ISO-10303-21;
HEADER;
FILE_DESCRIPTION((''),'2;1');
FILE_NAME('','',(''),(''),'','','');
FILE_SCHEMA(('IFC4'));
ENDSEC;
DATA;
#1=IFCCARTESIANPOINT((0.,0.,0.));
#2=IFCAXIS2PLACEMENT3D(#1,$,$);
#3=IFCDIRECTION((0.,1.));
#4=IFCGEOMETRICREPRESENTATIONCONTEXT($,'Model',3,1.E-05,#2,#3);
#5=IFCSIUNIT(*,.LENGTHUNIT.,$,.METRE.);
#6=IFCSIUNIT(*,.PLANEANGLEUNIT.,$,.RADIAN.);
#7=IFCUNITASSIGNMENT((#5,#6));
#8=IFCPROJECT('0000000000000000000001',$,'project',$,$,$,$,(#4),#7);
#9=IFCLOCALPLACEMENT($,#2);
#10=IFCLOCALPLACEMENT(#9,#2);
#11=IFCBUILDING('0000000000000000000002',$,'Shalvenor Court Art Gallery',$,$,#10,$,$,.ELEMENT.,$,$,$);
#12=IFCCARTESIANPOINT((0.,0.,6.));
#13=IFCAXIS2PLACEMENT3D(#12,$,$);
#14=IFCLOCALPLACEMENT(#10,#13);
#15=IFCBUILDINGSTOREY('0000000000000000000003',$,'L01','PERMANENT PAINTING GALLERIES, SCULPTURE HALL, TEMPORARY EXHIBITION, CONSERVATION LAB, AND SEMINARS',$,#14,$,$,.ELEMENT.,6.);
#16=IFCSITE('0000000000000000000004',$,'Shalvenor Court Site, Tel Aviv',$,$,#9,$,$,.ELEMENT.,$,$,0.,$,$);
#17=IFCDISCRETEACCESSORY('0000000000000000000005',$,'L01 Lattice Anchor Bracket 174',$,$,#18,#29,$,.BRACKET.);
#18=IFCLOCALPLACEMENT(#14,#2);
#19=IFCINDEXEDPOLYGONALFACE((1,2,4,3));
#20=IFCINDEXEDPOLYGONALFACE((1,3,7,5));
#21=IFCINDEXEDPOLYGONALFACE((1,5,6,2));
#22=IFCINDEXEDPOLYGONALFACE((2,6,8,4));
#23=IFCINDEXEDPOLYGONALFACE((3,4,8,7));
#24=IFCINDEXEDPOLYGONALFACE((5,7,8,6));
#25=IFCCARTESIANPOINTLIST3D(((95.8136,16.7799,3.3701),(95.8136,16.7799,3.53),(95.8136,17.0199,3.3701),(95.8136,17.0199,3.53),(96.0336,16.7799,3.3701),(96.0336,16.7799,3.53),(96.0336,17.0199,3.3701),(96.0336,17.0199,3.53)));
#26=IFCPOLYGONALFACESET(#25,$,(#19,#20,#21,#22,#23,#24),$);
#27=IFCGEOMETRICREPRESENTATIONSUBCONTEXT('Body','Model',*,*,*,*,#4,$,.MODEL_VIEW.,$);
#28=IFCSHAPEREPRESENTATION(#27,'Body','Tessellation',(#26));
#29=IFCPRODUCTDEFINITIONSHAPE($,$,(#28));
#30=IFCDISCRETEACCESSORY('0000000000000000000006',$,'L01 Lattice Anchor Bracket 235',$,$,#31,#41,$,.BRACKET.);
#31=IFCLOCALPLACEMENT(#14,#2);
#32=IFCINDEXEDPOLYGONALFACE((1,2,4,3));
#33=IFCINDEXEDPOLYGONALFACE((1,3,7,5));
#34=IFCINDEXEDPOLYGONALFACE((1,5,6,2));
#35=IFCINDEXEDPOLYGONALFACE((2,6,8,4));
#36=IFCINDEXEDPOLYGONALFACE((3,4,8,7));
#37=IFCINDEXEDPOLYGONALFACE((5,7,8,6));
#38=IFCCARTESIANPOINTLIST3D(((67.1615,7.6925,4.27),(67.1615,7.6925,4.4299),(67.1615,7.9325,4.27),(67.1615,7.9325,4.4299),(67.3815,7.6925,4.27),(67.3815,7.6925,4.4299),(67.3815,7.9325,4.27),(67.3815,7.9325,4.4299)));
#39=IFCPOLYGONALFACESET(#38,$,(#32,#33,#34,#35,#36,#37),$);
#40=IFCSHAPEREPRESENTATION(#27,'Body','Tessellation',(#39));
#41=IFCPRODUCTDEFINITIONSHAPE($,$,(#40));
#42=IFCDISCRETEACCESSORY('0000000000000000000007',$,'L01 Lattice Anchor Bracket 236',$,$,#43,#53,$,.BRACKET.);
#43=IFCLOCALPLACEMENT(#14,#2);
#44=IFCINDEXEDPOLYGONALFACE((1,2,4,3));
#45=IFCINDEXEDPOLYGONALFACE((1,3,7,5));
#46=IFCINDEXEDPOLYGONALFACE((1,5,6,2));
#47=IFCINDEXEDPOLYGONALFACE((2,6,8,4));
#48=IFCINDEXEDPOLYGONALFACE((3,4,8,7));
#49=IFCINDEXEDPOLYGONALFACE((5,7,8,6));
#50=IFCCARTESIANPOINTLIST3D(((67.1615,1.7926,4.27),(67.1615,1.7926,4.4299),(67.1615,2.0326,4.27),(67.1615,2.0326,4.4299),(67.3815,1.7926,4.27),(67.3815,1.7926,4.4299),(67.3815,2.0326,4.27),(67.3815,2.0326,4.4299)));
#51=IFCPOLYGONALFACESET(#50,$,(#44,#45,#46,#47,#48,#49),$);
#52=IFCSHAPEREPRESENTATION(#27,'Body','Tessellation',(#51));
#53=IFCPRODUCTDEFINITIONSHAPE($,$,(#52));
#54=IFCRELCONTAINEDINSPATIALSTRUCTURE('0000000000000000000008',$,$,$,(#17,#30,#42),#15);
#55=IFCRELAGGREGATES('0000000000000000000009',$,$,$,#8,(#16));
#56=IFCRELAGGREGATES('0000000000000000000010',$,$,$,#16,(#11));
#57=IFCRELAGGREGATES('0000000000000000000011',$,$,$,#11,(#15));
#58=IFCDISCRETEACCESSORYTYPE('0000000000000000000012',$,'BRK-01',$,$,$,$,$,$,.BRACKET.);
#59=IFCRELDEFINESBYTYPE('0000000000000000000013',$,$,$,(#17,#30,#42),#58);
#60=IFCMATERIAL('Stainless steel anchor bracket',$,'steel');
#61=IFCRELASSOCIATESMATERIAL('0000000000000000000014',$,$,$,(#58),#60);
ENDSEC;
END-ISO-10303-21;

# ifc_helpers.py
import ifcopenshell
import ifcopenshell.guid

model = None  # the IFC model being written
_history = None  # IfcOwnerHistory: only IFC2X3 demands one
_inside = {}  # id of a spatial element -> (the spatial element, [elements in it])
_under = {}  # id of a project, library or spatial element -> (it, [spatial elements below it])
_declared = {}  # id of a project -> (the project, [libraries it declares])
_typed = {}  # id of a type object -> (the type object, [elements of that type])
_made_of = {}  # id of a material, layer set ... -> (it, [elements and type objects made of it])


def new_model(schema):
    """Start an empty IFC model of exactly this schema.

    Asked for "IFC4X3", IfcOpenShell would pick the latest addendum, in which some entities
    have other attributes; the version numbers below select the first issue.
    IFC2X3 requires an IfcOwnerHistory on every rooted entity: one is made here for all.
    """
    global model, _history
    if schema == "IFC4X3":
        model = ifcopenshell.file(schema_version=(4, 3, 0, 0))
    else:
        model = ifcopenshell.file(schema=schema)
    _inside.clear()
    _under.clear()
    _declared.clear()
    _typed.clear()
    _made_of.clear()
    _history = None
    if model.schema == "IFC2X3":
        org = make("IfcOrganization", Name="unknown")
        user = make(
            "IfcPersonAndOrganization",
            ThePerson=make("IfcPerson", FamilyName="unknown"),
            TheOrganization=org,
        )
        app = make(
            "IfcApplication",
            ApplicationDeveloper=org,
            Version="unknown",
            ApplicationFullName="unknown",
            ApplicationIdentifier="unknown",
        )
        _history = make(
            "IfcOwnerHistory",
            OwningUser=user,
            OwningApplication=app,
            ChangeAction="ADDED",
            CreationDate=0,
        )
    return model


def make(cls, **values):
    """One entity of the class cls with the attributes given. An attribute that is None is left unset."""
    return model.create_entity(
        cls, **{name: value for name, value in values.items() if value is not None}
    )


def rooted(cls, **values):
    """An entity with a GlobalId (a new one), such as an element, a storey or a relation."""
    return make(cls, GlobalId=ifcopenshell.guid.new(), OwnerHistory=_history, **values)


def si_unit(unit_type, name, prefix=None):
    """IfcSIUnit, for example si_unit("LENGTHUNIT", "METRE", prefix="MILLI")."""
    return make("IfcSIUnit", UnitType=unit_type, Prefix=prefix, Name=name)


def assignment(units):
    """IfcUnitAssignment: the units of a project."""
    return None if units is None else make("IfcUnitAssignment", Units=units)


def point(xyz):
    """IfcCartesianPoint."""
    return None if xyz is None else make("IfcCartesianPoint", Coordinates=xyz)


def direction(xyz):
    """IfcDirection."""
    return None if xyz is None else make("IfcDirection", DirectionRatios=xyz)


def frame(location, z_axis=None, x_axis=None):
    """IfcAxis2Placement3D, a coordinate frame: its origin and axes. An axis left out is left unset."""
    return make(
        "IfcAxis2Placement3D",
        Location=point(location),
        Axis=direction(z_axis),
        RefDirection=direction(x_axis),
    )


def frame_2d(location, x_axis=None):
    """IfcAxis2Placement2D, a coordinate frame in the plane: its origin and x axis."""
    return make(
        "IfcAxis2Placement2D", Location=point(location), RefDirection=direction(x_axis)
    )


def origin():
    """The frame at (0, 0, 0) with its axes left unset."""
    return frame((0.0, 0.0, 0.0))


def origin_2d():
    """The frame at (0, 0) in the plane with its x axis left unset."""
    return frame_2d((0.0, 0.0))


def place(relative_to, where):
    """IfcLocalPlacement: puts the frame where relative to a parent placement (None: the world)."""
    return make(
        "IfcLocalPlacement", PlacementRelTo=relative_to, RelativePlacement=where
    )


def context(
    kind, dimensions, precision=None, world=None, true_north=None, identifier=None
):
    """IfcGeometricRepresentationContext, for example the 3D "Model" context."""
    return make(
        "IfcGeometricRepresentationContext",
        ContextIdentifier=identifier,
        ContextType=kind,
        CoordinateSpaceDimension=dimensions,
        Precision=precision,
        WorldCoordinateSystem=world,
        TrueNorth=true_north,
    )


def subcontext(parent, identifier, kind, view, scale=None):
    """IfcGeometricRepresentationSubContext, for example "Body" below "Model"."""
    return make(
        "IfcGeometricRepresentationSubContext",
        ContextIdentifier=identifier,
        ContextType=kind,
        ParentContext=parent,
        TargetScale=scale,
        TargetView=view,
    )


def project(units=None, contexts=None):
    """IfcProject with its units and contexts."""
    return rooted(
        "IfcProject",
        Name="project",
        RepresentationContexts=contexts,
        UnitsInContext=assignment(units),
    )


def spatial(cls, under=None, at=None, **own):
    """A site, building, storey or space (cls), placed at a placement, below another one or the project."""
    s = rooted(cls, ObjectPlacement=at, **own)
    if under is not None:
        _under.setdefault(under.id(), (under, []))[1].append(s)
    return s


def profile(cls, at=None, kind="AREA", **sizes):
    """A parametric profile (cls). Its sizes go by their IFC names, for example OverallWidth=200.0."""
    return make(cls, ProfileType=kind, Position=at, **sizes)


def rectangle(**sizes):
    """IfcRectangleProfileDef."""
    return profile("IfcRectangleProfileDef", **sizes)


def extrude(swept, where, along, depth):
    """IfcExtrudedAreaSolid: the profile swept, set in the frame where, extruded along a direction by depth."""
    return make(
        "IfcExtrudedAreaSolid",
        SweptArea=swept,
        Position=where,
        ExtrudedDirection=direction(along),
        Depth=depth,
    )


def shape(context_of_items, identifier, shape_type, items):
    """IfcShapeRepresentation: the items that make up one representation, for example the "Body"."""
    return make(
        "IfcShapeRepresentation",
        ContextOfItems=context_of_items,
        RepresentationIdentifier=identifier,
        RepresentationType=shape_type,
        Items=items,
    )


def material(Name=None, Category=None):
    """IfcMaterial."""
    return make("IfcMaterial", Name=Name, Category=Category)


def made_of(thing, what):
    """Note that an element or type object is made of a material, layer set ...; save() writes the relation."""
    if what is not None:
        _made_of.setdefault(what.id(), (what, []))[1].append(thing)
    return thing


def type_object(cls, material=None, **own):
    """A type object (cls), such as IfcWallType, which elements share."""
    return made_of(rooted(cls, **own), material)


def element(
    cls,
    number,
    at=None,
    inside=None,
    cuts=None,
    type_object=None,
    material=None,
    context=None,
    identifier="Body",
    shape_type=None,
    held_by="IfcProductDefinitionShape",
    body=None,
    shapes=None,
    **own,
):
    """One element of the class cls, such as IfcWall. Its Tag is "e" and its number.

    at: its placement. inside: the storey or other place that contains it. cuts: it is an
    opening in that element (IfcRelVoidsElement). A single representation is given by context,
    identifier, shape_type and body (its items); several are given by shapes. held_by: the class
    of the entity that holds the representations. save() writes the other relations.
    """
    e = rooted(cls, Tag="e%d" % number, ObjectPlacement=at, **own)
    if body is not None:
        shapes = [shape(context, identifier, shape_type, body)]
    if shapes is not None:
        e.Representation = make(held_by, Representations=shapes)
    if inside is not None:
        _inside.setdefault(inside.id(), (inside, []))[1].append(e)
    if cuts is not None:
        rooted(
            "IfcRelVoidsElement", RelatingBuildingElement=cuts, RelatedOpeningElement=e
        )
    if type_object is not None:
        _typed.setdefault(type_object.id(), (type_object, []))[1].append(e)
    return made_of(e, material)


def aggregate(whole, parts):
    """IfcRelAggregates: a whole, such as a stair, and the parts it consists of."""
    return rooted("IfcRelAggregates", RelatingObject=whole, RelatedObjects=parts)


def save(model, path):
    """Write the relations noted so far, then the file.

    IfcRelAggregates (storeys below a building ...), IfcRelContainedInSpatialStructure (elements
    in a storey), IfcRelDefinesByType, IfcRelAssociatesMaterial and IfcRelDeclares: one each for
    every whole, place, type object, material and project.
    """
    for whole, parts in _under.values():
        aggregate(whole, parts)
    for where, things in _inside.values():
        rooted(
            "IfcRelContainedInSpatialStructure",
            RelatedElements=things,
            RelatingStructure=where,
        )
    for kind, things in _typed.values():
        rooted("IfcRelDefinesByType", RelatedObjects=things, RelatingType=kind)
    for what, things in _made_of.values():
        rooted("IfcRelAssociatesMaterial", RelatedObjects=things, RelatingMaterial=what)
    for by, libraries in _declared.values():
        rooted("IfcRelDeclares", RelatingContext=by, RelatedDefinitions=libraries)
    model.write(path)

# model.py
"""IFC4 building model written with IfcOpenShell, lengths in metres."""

from ifc_helpers import new_model, si_unit, direction, frame, origin, origin_2d, place, context, subcontext, project, spatial, rectangle, extrude, material, type_object, element, save


model = new_model("IFC4")

# Units and contexts
model_context = context("Model", 3, precision=1e-05, world=origin(), true_north=direction((0.0, 1.0)))
body_context = subcontext(model_context, "Body", "Model", "MODEL_VIEW")
ifc_project = project(units=[si_unit("LENGTHUNIT", "METRE"), si_unit("PLANEANGLEUNIT", "RADIAN")], contexts=[model_context])

# Site, building, storey
site_placement = place(None, origin())
site = spatial("IfcSite", under=ifc_project, at=site_placement, Name="Shalvenor Court Site, Tel Aviv", CompositionType="ELEMENT", RefElevation=0.0)
building_placement = place(site_placement, origin())
building = spatial("IfcBuilding", under=site, at=building_placement, Name="Shalvenor Court Art Gallery", CompositionType="ELEMENT")
storey_placement = place(building_placement, frame((0.0, 0.0, 6.0)))
storey = spatial("IfcBuildingStorey", under=building, at=storey_placement, Name="L01", Description="PERMANENT PAINTING GALLERIES, SCULPTURE HALL, TEMPORARY EXHIBITION, CONSERVATION LAB, AND SEMINARS", CompositionType="ELEMENT", Elevation=6.0)

# Discrete accessories
ifc_material_1 = material(Name="Stainless steel anchor bracket", Category="steel")
discrete_accessory_type = type_object("IfcDiscreteAccessoryType", Name="BRK-01", PredefinedType="BRACKET", material=ifc_material_1)
for number, where, z_axis, x_axis, name in (
    (1, (95.9236, 16.8999, 3.3701), (0.0, 0.0, 1.0), (0.0, 1.0, 0.0), "L01 Lattice Anchor Bracket 174"),
    (2, (67.2715, 7.8125, 4.27), (0.0, 0.0, 1.0), (0.0, -1.0, 0.0), "L01 Lattice Anchor Bracket 235"),
    (3, (67.2715, 1.9126, 4.27), (0.0, 0.0, 1.0), (0.0, -1.0, 0.0), "L01 Lattice Anchor Bracket 236"),
):
    element("IfcDiscreteAccessory", number, at=place(storey_placement, frame(where, z_axis=z_axis, x_axis=x_axis)), inside=storey, type_object=discrete_accessory_type, Name=name, PredefinedType="BRACKET", context=body_context, shape_type="SweptSolid", body=[
        extrude(rectangle(XDim=0.24, YDim=0.22, at=origin_2d()), origin(), (0.0, 0.0, 1.0), 0.1599),
    ])

save(model, "model.ifc")
